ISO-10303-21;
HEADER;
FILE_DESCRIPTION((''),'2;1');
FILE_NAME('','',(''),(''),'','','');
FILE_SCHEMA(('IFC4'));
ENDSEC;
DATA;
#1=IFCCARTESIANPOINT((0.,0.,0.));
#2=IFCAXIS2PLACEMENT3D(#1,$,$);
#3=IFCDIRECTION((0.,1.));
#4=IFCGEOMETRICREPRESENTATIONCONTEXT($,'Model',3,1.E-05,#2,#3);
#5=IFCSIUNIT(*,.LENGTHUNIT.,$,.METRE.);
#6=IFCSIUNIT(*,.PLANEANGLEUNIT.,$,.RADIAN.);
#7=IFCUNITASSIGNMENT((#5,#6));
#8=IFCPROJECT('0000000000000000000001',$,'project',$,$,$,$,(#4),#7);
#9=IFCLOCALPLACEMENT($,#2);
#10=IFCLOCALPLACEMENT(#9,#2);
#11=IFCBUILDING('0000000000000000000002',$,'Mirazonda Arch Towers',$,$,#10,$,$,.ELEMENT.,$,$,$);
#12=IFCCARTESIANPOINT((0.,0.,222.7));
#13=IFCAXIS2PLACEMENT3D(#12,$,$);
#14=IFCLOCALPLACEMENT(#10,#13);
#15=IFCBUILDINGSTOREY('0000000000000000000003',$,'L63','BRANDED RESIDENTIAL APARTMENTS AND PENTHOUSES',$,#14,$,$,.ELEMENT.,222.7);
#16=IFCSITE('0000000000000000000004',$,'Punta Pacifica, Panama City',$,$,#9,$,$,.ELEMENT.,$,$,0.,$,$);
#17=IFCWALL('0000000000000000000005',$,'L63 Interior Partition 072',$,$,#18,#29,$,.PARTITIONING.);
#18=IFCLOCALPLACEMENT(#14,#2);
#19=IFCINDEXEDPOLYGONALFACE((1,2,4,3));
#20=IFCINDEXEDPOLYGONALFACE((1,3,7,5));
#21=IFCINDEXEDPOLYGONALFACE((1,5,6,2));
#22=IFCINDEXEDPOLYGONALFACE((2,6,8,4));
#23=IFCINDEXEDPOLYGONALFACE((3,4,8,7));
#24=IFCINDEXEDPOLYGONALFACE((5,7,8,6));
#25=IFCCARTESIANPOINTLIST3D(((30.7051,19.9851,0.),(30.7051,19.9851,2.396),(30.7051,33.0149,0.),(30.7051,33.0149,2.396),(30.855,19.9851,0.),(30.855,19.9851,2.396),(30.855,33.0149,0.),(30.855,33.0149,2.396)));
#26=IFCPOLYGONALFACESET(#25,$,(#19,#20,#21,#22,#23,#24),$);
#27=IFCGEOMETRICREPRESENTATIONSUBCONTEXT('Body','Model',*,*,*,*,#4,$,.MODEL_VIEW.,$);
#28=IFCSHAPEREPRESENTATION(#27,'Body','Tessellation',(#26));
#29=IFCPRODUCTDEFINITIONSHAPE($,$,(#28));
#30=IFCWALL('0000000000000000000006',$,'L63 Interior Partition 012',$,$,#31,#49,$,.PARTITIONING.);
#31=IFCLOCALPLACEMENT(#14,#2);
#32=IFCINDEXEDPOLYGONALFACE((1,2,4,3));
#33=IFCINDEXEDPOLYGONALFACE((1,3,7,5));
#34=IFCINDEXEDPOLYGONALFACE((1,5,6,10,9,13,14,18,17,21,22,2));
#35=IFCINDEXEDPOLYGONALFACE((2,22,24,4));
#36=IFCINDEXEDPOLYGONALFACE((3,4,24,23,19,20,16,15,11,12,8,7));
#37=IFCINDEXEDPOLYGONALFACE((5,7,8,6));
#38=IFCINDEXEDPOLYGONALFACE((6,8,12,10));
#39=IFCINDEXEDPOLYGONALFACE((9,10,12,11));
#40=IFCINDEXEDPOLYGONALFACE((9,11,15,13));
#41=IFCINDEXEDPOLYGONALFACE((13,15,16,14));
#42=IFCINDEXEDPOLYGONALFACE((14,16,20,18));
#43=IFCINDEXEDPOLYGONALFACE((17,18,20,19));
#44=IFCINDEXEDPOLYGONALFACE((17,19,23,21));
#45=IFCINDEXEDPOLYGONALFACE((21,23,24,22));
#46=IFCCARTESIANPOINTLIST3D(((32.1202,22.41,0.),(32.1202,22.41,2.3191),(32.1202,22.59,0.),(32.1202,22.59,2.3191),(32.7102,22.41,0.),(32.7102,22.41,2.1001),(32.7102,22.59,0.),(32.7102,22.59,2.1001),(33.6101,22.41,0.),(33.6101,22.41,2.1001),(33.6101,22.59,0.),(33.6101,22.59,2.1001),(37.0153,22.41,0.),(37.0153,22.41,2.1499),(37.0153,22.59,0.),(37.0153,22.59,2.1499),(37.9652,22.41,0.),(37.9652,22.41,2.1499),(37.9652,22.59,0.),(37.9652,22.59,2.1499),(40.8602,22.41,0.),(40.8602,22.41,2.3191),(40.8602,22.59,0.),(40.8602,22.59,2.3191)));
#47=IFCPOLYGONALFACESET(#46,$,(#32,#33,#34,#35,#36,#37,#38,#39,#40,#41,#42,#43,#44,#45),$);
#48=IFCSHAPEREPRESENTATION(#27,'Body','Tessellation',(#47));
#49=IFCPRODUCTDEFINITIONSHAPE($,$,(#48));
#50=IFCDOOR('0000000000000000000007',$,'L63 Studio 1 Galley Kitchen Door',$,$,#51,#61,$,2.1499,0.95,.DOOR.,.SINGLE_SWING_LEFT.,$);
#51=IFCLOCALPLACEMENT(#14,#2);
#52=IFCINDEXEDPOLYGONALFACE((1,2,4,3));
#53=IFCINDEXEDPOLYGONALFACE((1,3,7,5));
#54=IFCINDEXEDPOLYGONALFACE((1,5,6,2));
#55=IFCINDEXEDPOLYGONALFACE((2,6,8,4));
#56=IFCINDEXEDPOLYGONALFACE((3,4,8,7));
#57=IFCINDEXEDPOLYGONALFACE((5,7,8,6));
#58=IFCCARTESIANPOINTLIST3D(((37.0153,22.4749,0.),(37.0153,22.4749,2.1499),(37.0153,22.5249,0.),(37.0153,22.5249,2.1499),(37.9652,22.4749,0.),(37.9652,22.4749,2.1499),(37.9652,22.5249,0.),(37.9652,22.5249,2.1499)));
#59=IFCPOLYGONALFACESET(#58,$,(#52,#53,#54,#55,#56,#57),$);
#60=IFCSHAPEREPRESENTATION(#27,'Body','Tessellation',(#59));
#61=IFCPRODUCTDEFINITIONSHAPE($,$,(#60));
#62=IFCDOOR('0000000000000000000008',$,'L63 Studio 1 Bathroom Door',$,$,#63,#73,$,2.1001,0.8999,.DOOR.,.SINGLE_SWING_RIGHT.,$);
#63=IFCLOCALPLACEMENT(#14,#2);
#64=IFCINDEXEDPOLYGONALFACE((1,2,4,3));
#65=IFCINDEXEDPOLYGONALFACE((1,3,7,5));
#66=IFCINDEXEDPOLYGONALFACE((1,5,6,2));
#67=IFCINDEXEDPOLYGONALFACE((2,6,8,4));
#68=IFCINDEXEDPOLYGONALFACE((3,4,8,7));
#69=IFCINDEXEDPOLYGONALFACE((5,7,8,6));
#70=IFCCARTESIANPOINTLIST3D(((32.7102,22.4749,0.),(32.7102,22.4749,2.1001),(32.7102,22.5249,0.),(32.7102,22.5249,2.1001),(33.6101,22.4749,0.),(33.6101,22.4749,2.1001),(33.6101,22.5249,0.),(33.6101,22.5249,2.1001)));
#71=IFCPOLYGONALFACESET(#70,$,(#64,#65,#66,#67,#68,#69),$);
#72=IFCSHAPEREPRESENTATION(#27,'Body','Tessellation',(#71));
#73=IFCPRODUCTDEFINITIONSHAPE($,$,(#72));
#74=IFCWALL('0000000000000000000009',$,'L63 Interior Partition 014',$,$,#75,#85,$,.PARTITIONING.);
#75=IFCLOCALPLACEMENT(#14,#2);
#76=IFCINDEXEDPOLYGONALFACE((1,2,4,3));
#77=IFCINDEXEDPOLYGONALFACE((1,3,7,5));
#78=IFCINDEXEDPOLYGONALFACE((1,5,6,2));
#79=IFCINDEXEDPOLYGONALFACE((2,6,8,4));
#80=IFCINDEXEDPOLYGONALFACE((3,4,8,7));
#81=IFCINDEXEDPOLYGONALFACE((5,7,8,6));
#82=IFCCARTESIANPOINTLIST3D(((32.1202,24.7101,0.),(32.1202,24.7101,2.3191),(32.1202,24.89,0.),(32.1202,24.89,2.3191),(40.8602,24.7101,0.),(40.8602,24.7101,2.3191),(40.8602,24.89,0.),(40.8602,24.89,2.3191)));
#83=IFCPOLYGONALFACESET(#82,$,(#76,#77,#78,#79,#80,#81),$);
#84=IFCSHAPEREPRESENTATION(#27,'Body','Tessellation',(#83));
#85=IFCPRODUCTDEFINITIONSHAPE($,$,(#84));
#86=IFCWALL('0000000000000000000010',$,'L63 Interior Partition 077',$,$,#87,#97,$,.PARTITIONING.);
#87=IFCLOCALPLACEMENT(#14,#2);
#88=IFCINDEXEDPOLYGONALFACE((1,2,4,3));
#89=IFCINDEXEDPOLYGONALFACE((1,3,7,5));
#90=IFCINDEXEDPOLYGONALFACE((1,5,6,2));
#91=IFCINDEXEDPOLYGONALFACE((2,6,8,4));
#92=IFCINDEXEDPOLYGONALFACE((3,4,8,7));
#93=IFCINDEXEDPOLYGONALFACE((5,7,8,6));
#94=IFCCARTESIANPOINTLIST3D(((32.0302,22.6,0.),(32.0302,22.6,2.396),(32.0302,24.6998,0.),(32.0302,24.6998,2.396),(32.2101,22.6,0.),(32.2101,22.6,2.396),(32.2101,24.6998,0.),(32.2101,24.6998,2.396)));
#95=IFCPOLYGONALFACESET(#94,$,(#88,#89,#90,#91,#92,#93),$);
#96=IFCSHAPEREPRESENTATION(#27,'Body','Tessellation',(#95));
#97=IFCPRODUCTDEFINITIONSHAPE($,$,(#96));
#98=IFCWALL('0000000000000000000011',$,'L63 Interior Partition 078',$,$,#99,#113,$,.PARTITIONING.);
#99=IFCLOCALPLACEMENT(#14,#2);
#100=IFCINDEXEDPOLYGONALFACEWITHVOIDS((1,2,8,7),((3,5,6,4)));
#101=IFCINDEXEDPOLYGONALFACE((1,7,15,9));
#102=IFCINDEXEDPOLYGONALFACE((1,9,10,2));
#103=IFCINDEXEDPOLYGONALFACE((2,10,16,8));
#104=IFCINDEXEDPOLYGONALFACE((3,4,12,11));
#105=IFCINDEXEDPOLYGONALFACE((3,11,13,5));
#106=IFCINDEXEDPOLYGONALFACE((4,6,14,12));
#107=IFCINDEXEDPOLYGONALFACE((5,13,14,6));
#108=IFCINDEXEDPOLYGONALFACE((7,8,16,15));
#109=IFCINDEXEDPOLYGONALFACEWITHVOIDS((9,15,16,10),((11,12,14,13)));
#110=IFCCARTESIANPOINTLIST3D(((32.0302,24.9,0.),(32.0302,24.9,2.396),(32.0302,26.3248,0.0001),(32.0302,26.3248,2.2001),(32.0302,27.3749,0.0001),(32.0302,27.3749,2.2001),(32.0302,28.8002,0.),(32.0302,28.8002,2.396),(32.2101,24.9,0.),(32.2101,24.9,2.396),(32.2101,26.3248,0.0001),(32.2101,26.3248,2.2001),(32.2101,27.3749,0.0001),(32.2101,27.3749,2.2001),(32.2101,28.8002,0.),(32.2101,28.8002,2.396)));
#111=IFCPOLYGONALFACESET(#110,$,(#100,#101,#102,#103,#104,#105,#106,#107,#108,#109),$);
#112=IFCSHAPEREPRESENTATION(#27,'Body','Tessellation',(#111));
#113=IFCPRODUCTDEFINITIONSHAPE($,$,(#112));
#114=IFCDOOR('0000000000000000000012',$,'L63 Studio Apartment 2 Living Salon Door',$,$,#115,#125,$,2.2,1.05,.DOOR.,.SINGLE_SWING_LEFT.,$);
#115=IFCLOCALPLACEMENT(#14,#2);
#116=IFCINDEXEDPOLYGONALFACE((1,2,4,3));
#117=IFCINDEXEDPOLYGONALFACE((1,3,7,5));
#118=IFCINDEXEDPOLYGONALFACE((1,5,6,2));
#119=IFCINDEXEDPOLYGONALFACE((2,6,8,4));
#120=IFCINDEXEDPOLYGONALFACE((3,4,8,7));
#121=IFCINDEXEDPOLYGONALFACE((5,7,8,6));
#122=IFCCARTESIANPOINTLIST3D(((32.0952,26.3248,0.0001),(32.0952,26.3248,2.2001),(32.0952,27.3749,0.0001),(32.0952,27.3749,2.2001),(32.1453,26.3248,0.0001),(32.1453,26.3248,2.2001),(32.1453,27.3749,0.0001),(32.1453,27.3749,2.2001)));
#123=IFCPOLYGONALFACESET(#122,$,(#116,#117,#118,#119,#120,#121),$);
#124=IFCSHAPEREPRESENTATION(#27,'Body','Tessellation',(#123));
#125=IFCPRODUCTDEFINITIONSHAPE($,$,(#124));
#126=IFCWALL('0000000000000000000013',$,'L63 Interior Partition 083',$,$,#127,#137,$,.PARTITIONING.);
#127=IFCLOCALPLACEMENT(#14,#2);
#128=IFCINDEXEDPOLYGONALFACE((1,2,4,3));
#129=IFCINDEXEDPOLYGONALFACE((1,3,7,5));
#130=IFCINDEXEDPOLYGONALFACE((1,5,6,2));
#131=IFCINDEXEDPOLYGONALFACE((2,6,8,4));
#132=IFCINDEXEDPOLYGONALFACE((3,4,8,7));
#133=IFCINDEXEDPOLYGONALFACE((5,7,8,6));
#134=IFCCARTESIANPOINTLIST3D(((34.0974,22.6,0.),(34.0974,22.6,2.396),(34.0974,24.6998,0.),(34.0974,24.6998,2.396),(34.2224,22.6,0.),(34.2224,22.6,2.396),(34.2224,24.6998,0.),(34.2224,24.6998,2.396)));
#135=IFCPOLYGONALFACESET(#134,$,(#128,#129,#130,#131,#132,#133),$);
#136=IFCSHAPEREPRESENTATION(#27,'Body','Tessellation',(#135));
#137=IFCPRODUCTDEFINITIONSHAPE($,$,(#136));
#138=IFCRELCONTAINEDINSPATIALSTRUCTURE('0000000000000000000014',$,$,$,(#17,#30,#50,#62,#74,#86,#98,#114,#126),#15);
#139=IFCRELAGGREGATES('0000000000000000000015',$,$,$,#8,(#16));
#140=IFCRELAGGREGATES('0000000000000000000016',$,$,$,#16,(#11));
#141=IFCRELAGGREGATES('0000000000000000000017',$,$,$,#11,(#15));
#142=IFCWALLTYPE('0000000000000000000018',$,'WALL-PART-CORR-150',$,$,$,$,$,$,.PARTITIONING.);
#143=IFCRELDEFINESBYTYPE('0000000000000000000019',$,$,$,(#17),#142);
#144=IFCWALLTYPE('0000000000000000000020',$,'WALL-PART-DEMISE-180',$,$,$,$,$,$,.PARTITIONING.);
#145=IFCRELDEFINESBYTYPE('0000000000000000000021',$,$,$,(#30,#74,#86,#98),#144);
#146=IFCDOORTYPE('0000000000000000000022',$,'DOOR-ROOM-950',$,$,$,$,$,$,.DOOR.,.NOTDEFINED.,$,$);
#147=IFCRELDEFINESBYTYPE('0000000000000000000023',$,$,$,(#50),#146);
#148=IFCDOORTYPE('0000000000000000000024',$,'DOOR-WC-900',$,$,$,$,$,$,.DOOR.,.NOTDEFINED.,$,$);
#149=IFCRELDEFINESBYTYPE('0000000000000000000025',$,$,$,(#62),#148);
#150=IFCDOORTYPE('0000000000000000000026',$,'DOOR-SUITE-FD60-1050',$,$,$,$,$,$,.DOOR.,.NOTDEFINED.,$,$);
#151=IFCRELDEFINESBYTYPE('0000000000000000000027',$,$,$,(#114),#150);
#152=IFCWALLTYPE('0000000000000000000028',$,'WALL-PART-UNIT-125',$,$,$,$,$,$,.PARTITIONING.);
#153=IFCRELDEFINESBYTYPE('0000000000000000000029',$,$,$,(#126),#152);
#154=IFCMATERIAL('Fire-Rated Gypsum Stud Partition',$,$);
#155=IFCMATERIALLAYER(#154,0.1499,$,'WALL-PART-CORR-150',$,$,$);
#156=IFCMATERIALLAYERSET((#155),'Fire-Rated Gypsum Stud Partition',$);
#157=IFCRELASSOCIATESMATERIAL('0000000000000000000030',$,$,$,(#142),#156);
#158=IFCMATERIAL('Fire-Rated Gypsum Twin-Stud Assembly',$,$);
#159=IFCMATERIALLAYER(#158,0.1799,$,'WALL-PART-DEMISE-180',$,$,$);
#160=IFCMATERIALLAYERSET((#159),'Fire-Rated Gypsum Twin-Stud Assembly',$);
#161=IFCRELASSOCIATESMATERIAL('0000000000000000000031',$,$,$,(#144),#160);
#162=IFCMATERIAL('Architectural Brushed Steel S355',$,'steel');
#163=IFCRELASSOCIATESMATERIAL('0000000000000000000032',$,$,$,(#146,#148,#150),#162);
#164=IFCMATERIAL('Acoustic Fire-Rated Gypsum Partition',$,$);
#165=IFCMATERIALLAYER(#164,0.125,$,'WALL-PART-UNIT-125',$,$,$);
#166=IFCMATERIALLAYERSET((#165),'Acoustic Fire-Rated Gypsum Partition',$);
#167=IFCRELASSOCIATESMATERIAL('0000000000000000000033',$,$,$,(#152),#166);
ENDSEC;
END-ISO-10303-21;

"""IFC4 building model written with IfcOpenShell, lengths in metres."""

from ifc_helpers import new_model, si_unit, direction, frame, frame_2d, origin, place, context, subcontext, project, spatial, rectangle, extrude, material, layer, layer_set, type_object, element, fill, save


model = new_model("IFC4")

# Units and contexts
model_context = context("Model", 3, precision=1e-05, world=origin(), true_north=direction((0.0, 1.0)))
body_context = subcontext(model_context, "Body", "Model", "MODEL_VIEW")
ifc_project = project(units=[si_unit("LENGTHUNIT", "METRE"), si_unit("PLANEANGLEUNIT", "RADIAN")], contexts=[model_context])

# Site, building, storey
site_placement = place(None, origin())
site = spatial("IfcSite", under=ifc_project, at=site_placement, Name="Punta Pacifica, Panama City", CompositionType="ELEMENT", RefElevation=0.0)
building_placement = place(site_placement, origin())
building = spatial("IfcBuilding", under=site, at=building_placement, Name="Mirazonda Arch Towers", CompositionType="ELEMENT")
storey_placement = place(building_placement, frame((0.0, 0.0, 222.7)))
storey = spatial("IfcBuildingStorey", under=building, at=storey_placement, Name="L63", Description="BRANDED RESIDENTIAL APARTMENTS AND PENTHOUSES", CompositionType="ELEMENT", Elevation=222.7)

# Wall
ifc_material_1 = material(Name="Fire-Rated Gypsum Stud Partition")
ifc_layer_1 = layer(ifc_material_1, 0.1499, Name="WALL-PART-CORR-150")
ifc_layer_set_1 = layer_set([ifc_layer_1], Name="Fire-Rated Gypsum Stud Partition")
wall_type_1 = type_object("IfcWallType", Name="WALL-PART-CORR-150", PredefinedType="PARTITIONING", material=ifc_layer_set_1)
wall_1_placement = place(storey_placement, frame((30.78, 19.9851, 0.0), z_axis=(0.0, 0.0, 1.0), x_axis=(0.0, 1.0, 0.0)))
element("IfcWall", 1, at=wall_1_placement, inside=storey, type_object=wall_type_1, Name="L63 Interior Partition 072", PredefinedType="PARTITIONING", context=body_context, shape_type="SweptSolid", body=[
    extrude(rectangle(XDim=13.0298, YDim=0.1499, at=frame_2d((6.5149, 0.0))), origin(), (0.0, 0.0, 1.0), 2.396),
])

# Wall, openings, doors
ifc_material_2 = material(Name="Fire-Rated Gypsum Twin-Stud Assembly")
ifc_layer_2 = layer(ifc_material_2, 0.1799, Name="WALL-PART-DEMISE-180")
ifc_layer_set_2 = layer_set([ifc_layer_2], Name="Fire-Rated Gypsum Twin-Stud Assembly")
wall_type_2 = type_object("IfcWallType", Name="WALL-PART-DEMISE-180", PredefinedType="PARTITIONING", material=ifc_layer_set_2)
wall_2_placement = place(storey_placement, frame((32.1201, 22.5, 0.0), z_axis=(0.0, 0.0, 1.0), x_axis=(1.0, 0.0, 0.0)))
wall_2 = element("IfcWall", 2, at=wall_2_placement, inside=storey, type_object=wall_type_2, Name="L63 Interior Partition 012", PredefinedType="PARTITIONING", context=body_context, shape_type="SweptSolid", body=[
    extrude(rectangle(XDim=8.74, YDim=0.1799, at=frame_2d((4.3701, 0.0))), origin(), (0.0, 0.0, 1.0), 2.3191),
])
opening_1_placement = place(wall_2_placement, frame((4.895, 0.0, 0.0)))
opening_1 = element("IfcOpeningElement", 3, at=opening_1_placement, cuts=wall_2, PredefinedType="OPENING", context=body_context, shape_type="SweptSolid", body=[
    extrude(rectangle(XDim=0.95, YDim=2.1499, at=frame_2d((0.4751, 1.075))), frame((0.0, 0.0999, 0.0), z_axis=(0.0, -1.0, 0.0), x_axis=(1.0, 0.0, 0.0)), (0.0, 0.0, 1.0), 0.2),
])
opening_2_placement = place(wall_2_placement, frame((0.5901, 0.0, 0.0)))
opening_2 = element("IfcOpeningElement", 4, at=opening_2_placement, cuts=wall_2, PredefinedType="OPENING", context=body_context, shape_type="SweptSolid", body=[
    extrude(rectangle(XDim=0.8999, YDim=2.1001, at=frame_2d((0.45, 1.05))), frame((0.0, 0.0999, 0.0), z_axis=(0.0, -1.0, 0.0), x_axis=(1.0, 0.0, 0.0)), (0.0, 0.0, 1.0), 0.2),
])
ifc_material_3 = material(Name="Architectural Brushed Steel S355", Category="steel")
door_type_1 = type_object("IfcDoorType", Name="DOOR-ROOM-950", OperationType="NOTDEFINED", PredefinedType="DOOR", material=ifc_material_3)
door_1_placement = place(opening_1_placement, origin())
door_1 = element("IfcDoor", 5, at=door_1_placement, inside=storey, type_object=door_type_1, Name="L63 Studio 1 Galley Kitchen Door", OperationType="SINGLE_SWING_LEFT", OverallHeight=2.1499, OverallWidth=0.95, PredefinedType="DOOR", context=body_context, shape_type="SweptSolid", body=[
    extrude(rectangle(XDim=0.95, YDim=2.1499, at=frame_2d((0.4751, 1.075))), frame((0.0, 0.0249, 0.0), z_axis=(0.0, -1.0, 0.0), x_axis=(1.0, 0.0, 0.0)), (0.0, 0.0, 1.0), 0.05),
])
fill(opening_1, door_1)
door_type_2 = type_object("IfcDoorType", Name="DOOR-WC-900", OperationType="NOTDEFINED", PredefinedType="DOOR", material=ifc_material_3)
door_2_placement = place(opening_2_placement, origin())
door_2 = element("IfcDoor", 6, at=door_2_placement, inside=storey, type_object=door_type_2, Name="L63 Studio 1 Bathroom Door", OperationType="SINGLE_SWING_RIGHT", OverallHeight=2.1001, OverallWidth=0.8999, PredefinedType="DOOR", context=body_context, shape_type="SweptSolid", body=[
    extrude(rectangle(XDim=0.8999, YDim=2.1001, at=frame_2d((0.45, 1.05))), frame((0.0, 0.0249, 0.0), z_axis=(0.0, -1.0, 0.0), x_axis=(1.0, 0.0, 0.0)), (0.0, 0.0, 1.0), 0.05),
])
fill(opening_2, door_2)

# Walls
wall_3_placement = place(storey_placement, frame((32.1201, 24.8, 0.0), z_axis=(0.0, 0.0, 1.0), x_axis=(1.0, 0.0, 0.0)))
element("IfcWall", 7, at=wall_3_placement, inside=storey, type_object=wall_type_2, Name="L63 Interior Partition 014", PredefinedType="PARTITIONING", context=body_context, shape_type="SweptSolid", body=[
    extrude(rectangle(XDim=8.74, YDim=0.1799, at=frame_2d((4.3701, 0.0))), origin(), (0.0, 0.0, 1.0), 2.3191),
])
wall_4_placement = place(storey_placement, frame((32.1201, 22.6001, 0.0), z_axis=(0.0, 0.0, 1.0), x_axis=(0.0, 1.0, 0.0)))
element("IfcWall", 8, at=wall_4_placement, inside=storey, type_object=wall_type_2, Name="L63 Interior Partition 077", PredefinedType="PARTITIONING", context=body_context, shape_type="SweptSolid", body=[
    extrude(rectangle(XDim=2.0999, YDim=0.1799, at=frame_2d((1.0498, 0.0))), origin(), (0.0, 0.0, 1.0), 2.396),
])

# Wall, opening, door
wall_5_placement = place(storey_placement, frame((32.1201, 24.8999, 0.0), z_axis=(0.0, 0.0, 1.0), x_axis=(0.0, 1.0, 0.0)))
wall_5 = element("IfcWall", 9, at=wall_5_placement, inside=storey, type_object=wall_type_2, Name="L63 Interior Partition 078", PredefinedType="PARTITIONING", context=body_context, shape_type="SweptSolid", body=[
    extrude(rectangle(XDim=3.9001, YDim=0.1799, at=frame_2d((1.9502, 0.0))), origin(), (0.0, 0.0, 1.0), 2.396),
])
opening_3_placement = place(wall_5_placement, frame((1.425, 0.0, 0.0)))
opening_3 = element("IfcOpeningElement", 10, at=opening_3_placement, cuts=wall_5, PredefinedType="OPENING", context=body_context, shape_type="SweptSolid", body=[
    extrude(rectangle(XDim=1.05, YDim=2.2, at=frame_2d((0.5249, 1.1001))), frame((0.0, 0.0999, 0.0), z_axis=(0.0, -1.0, 0.0), x_axis=(1.0, 0.0, 0.0)), (0.0, 0.0, 1.0), 0.2),
])
door_type_3 = type_object("IfcDoorType", Name="DOOR-SUITE-FD60-1050", OperationType="NOTDEFINED", PredefinedType="DOOR", material=ifc_material_3)
door_3_placement = place(opening_3_placement, origin())
door_3 = element("IfcDoor", 11, at=door_3_placement, inside=storey, type_object=door_type_3, Name="L63 Studio Apartment 2 Living Salon Door", OperationType="SINGLE_SWING_LEFT", OverallHeight=2.2, OverallWidth=1.05, PredefinedType="DOOR", context=body_context, shape_type="SweptSolid", body=[
    extrude(rectangle(XDim=1.05, YDim=2.2, at=frame_2d((0.5249, 1.1001))), frame((0.0, 0.0249, 0.0), z_axis=(0.0, -1.0, 0.0), x_axis=(1.0, 0.0, 0.0)), (0.0, 0.0, 1.0), 0.05),
])
fill(opening_3, door_3)

# Wall
ifc_material_4 = material(Name="Acoustic Fire-Rated Gypsum Partition")
ifc_layer_3 = layer(ifc_material_4, 0.125, Name="WALL-PART-UNIT-125")
ifc_layer_set_3 = layer_set([ifc_layer_3], Name="Acoustic Fire-Rated Gypsum Partition")
wall_type_3 = type_object("IfcWallType", Name="WALL-PART-UNIT-125", PredefinedType="PARTITIONING", material=ifc_layer_set_3)
wall_6_placement = place(storey_placement, frame((34.1599, 22.6001, 0.0), z_axis=(0.0, 0.0, 1.0), x_axis=(0.0, 1.0, 0.0)))
element("IfcWall", 12, at=wall_6_placement, inside=storey, type_object=wall_type_3, Name="L63 Interior Partition 083", PredefinedType="PARTITIONING", context=body_context, shape_type="SweptSolid", body=[
    extrude(rectangle(XDim=2.0999, YDim=0.125, at=frame_2d((1.0498, 0.0))), origin(), (0.0, 0.0, 1.0), 2.396),
])

save(model, "model.ifc")
